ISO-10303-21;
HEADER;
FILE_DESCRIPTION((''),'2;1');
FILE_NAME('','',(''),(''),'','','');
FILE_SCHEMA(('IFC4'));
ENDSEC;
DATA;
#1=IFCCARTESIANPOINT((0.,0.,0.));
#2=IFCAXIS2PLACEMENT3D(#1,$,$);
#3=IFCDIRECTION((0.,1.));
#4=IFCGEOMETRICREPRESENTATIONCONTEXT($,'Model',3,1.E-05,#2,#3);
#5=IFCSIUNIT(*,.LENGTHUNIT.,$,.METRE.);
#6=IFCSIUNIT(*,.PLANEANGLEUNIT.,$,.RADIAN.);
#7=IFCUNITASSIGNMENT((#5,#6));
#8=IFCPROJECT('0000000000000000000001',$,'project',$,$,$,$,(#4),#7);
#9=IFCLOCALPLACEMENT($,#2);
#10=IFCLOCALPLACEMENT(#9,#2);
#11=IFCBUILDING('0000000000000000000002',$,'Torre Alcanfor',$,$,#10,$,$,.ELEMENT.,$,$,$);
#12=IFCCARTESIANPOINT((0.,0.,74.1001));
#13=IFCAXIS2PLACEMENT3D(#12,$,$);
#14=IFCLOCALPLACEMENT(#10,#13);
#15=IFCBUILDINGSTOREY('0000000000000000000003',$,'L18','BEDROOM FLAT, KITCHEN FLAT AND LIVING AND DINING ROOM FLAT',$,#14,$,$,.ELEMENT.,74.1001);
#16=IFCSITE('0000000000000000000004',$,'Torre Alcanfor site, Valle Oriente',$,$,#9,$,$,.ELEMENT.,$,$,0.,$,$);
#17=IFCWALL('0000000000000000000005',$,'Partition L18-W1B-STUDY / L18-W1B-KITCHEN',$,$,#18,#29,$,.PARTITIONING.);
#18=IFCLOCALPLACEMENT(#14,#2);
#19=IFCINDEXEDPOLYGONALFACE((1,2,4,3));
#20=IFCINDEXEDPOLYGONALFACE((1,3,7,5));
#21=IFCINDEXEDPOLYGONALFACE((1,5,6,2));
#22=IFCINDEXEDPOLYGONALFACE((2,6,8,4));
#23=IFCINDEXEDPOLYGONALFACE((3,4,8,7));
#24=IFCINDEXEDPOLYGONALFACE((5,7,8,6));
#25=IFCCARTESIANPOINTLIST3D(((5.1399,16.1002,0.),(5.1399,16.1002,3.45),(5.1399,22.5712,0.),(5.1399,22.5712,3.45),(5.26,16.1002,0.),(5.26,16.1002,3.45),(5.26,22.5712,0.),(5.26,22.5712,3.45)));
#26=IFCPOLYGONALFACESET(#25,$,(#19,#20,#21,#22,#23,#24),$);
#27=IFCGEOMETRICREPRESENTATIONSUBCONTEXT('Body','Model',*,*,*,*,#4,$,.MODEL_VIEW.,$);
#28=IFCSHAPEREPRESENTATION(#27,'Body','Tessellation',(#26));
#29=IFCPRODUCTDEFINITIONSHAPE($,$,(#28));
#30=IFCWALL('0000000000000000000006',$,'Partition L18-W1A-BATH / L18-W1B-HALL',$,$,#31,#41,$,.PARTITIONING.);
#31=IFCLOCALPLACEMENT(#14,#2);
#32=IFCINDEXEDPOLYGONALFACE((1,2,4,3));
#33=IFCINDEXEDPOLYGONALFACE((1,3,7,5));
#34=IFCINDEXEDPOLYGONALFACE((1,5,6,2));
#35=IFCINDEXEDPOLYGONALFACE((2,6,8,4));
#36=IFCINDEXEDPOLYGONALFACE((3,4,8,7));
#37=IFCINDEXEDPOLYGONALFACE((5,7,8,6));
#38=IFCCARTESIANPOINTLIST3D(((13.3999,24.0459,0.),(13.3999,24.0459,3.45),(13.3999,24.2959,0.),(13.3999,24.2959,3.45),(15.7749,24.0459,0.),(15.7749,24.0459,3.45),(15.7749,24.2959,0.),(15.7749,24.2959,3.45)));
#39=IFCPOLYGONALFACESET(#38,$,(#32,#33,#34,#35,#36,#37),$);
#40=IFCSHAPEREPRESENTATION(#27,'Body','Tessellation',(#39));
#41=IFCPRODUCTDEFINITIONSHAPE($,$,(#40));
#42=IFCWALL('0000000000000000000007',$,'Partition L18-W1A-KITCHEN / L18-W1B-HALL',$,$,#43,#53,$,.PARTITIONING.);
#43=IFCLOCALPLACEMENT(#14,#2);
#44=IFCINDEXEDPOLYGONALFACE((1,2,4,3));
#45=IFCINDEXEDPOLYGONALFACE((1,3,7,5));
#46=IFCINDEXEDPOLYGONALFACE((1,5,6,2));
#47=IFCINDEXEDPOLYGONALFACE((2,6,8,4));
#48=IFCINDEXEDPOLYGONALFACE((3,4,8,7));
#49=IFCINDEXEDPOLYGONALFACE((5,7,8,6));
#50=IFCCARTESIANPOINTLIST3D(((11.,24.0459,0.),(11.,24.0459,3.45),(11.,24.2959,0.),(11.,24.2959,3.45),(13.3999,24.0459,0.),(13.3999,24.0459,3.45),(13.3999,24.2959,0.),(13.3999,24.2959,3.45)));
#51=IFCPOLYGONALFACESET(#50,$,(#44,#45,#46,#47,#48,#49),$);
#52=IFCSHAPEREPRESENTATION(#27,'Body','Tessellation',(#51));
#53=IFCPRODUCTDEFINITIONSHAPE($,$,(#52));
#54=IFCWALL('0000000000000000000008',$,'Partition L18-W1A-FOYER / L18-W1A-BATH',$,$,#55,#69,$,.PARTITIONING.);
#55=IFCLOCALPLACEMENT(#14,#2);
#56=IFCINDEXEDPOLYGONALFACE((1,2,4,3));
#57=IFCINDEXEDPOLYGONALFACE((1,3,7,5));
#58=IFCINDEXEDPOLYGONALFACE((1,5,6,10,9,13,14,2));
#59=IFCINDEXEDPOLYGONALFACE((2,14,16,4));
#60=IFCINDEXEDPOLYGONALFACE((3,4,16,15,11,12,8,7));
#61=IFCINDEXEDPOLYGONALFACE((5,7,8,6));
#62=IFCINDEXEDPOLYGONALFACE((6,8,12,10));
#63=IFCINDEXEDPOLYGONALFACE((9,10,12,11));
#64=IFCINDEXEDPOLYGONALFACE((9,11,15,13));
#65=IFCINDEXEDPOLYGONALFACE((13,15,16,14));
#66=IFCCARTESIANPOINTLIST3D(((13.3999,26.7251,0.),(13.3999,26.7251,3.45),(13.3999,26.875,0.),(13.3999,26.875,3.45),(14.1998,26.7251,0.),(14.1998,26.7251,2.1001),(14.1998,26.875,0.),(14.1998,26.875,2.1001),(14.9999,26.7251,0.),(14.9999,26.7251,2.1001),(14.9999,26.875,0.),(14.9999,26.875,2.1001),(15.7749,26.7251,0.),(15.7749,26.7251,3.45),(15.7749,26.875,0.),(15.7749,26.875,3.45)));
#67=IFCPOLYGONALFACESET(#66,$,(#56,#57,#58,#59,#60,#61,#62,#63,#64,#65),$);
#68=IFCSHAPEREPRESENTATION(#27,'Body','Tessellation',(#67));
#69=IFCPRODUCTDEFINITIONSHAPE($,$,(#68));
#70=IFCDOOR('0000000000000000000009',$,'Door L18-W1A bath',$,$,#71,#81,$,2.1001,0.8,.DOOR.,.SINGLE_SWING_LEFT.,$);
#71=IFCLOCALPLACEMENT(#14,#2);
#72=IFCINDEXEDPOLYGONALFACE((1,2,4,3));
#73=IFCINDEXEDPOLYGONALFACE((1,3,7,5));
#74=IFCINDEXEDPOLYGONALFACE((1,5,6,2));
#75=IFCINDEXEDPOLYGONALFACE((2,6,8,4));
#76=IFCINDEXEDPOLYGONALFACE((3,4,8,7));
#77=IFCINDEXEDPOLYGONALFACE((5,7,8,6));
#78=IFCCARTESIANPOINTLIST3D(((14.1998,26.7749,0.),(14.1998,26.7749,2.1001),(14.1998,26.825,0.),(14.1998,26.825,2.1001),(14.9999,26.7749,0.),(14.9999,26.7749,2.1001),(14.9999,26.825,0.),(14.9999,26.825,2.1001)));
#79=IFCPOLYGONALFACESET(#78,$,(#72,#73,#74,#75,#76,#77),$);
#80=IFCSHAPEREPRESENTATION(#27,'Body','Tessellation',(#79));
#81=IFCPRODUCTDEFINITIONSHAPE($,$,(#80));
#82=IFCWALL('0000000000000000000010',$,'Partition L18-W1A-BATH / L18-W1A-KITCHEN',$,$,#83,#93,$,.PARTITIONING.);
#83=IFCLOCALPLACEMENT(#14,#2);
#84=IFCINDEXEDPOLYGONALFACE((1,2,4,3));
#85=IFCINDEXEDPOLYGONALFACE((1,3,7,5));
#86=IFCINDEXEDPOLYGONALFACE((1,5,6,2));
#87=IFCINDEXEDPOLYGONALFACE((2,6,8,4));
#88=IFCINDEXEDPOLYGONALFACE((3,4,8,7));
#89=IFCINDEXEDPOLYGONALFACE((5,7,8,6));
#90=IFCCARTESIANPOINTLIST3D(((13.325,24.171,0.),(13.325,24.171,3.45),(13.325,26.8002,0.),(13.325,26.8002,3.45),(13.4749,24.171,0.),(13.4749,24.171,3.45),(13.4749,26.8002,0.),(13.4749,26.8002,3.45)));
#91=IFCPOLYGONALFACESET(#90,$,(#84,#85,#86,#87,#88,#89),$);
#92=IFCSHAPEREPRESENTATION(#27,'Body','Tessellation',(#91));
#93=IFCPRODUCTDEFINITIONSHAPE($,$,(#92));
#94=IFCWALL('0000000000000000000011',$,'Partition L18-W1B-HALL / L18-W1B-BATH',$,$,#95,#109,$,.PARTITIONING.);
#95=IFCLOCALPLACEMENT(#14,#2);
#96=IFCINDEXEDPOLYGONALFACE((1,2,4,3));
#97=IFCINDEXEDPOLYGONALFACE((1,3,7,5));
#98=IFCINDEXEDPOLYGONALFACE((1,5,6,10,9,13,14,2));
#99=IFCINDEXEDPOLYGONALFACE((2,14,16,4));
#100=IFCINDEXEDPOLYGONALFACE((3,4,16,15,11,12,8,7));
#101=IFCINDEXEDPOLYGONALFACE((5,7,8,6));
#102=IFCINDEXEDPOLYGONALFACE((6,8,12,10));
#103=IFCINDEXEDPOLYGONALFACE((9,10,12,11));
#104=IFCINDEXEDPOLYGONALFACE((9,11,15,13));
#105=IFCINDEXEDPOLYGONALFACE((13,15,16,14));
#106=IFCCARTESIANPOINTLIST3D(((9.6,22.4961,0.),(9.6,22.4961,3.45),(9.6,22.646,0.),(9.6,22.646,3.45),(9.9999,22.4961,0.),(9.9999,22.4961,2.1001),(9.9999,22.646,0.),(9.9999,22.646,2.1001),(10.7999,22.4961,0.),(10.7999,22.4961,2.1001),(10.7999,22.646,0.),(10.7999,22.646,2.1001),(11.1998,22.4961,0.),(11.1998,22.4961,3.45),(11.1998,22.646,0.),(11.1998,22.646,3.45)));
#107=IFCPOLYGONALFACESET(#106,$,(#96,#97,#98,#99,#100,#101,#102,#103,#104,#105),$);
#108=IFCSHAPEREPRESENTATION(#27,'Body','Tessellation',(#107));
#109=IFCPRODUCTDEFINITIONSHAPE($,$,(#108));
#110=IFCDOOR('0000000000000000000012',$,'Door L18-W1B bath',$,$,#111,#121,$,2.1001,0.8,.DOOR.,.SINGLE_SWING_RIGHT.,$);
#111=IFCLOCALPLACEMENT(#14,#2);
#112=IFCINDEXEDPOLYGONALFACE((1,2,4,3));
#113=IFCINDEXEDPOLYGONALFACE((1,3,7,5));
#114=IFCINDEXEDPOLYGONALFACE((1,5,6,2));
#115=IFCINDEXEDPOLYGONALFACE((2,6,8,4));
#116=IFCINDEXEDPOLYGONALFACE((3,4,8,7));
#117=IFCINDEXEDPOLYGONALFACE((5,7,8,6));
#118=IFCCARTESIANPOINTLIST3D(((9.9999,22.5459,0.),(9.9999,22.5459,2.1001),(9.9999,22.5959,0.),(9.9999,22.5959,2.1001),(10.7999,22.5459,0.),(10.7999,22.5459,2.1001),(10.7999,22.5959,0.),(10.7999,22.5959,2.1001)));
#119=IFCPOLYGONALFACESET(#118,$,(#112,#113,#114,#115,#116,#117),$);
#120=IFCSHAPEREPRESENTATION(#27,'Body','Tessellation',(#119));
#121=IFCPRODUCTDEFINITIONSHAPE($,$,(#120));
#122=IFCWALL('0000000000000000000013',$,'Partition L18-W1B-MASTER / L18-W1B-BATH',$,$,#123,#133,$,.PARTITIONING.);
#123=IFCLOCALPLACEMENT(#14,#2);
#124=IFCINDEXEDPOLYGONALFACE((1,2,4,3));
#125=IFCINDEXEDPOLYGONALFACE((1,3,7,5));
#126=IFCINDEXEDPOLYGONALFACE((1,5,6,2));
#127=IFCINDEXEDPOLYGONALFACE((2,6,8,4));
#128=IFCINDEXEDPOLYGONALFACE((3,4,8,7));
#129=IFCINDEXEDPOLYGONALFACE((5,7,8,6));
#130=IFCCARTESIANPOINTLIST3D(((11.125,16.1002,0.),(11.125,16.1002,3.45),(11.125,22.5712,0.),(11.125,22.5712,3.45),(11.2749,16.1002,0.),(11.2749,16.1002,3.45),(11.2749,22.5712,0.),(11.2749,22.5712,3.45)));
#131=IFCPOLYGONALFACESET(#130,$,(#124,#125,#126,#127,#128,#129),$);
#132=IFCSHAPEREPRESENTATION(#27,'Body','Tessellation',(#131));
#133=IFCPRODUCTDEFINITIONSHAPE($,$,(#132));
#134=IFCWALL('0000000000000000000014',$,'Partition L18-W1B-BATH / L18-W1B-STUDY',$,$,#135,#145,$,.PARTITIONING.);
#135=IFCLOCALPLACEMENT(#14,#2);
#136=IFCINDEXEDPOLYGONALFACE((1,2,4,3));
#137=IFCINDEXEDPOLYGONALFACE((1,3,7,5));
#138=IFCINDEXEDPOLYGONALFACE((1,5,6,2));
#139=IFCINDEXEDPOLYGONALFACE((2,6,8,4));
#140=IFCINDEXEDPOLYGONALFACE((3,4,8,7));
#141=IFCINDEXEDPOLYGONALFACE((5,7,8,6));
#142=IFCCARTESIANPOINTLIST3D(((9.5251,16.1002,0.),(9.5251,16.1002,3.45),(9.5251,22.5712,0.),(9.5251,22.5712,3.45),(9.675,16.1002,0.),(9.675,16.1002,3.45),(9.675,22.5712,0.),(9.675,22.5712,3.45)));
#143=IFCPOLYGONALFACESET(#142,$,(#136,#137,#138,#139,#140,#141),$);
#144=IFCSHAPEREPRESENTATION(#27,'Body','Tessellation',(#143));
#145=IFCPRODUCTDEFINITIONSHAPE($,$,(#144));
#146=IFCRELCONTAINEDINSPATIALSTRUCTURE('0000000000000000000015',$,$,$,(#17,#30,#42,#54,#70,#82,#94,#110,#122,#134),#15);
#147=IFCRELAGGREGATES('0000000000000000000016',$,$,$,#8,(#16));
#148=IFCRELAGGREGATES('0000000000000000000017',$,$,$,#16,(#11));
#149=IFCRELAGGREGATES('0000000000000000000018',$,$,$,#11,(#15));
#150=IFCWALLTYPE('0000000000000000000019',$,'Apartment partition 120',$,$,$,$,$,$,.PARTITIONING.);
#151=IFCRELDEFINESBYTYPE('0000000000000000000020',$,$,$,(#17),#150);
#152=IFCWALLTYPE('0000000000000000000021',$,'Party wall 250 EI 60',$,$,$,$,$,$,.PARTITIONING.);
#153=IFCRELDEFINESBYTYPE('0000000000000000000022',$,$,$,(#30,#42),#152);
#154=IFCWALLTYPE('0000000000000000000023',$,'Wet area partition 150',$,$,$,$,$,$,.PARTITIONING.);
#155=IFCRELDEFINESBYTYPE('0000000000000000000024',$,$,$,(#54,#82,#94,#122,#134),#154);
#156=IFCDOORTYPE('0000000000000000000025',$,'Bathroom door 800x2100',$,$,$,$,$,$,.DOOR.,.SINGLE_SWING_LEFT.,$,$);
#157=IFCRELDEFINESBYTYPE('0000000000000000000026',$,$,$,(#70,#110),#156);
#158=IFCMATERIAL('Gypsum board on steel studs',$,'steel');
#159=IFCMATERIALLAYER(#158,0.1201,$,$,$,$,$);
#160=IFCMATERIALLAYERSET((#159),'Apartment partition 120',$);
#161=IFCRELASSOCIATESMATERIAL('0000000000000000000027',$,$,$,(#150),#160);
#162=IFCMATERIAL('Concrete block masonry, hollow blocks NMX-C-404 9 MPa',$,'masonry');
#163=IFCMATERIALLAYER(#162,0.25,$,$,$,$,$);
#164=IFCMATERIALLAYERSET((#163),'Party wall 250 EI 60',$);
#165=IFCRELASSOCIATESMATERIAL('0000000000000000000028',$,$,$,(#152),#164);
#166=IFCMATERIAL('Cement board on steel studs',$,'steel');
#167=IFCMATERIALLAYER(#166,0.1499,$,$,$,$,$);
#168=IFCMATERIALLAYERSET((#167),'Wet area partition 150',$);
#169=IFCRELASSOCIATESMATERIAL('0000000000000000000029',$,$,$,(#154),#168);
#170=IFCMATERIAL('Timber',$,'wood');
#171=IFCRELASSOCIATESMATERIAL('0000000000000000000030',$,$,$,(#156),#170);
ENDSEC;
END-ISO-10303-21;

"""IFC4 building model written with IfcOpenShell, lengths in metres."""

from ifc_helpers import new_model, si_unit, direction, frame, frame_2d, origin, place, context, subcontext, project, spatial, rectangle, extrude, material, layer, layer_set, type_object, element, fill, save


model = new_model("IFC4")

# Units and contexts
model_context = context("Model", 3, precision=1e-05, world=origin(), true_north=direction((0.0, 1.0)))
body_context = subcontext(model_context, "Body", "Model", "MODEL_VIEW")
ifc_project = project(units=[si_unit("LENGTHUNIT", "METRE"), si_unit("PLANEANGLEUNIT", "RADIAN")], contexts=[model_context])

# Site, building, storey
site_placement = place(None, origin())
site = spatial("IfcSite", under=ifc_project, at=site_placement, Name="Torre Alcanfor site, Valle Oriente", CompositionType="ELEMENT", RefElevation=0.0)
building_placement = place(site_placement, origin())
building = spatial("IfcBuilding", under=site, at=building_placement, Name="Torre Alcanfor", CompositionType="ELEMENT")
storey_placement = place(building_placement, frame((0.0, 0.0, 74.1001)))
storey = spatial("IfcBuildingStorey", under=building, at=storey_placement, Name="L18", Description="BEDROOM FLAT, KITCHEN FLAT AND LIVING AND DINING ROOM FLAT", CompositionType="ELEMENT", Elevation=74.1001)

# Shared definitions
ifc_material_1 = material(Name="Gypsum board on steel studs", Category="steel")
ifc_layer_1 = layer(ifc_material_1, 0.1201)
ifc_layer_set_1 = layer_set([ifc_layer_1], Name="Apartment partition 120")
wall_type_1 = type_object("IfcWallType", Name="Apartment partition 120", PredefinedType="PARTITIONING", material=ifc_layer_set_1)

# Walls
wall_1_placement = place(storey_placement, frame((5.2, 22.571, 0.0), z_axis=(0.0, 0.0, 1.0), x_axis=(0.0, -1.0, 0.0)))
element("IfcWall", 1, at=wall_1_placement, inside=storey, type_object=wall_type_1, Name="Partition L18-W1B-STUDY / L18-W1B-KITCHEN", PredefinedType="PARTITIONING", context=body_context, shape_type="SweptSolid", body=[
    extrude(rectangle(XDim=6.4709, YDim=0.1201, at=frame_2d((3.2354, 0.0))), origin(), (0.0, 0.0, 1.0), 3.45),
])
ifc_material_2 = material(Name="Concrete block masonry, hollow blocks NMX-C-404 9 MPa", Category="masonry")
ifc_layer_2 = layer(ifc_material_2, 0.25)
ifc_layer_set_2 = layer_set([ifc_layer_2], Name="Party wall 250 EI 60")
wall_type_2 = type_object("IfcWallType", Name="Party wall 250 EI 60", PredefinedType="PARTITIONING", material=ifc_layer_set_2)
wall_2_placement = place(storey_placement, frame((13.3999, 24.1709, 0.0), z_axis=(0.0, 0.0, 1.0), x_axis=(1.0, 0.0, 0.0)))
element("IfcWall", 2, at=wall_2_placement, inside=storey, type_object=wall_type_2, Name="Partition L18-W1A-BATH / L18-W1B-HALL", PredefinedType="PARTITIONING", context=body_context, shape_type="SweptSolid", body=[
    extrude(rectangle(XDim=2.375, YDim=0.25, at=frame_2d((1.1875, 0.0))), origin(), (0.0, 0.0, 1.0), 3.45),
])
wall_3_placement = place(storey_placement, frame((11.0, 24.1709, 0.0), z_axis=(0.0, 0.0, 1.0), x_axis=(1.0, 0.0, 0.0)))
element("IfcWall", 3, at=wall_3_placement, inside=storey, type_object=wall_type_2, Name="Partition L18-W1A-KITCHEN / L18-W1B-HALL", PredefinedType="PARTITIONING", context=body_context, shape_type="SweptSolid", body=[
    extrude(rectangle(XDim=2.3999, YDim=0.25, at=frame_2d((1.2, 0.0))), origin(), (0.0, 0.0, 1.0), 3.45),
])

# Wall, opening, door
ifc_material_3 = material(Name="Cement board on steel studs", Category="steel")
ifc_layer_3 = layer(ifc_material_3, 0.1499)
ifc_layer_set_3 = layer_set([ifc_layer_3], Name="Wet area partition 150")
wall_type_3 = type_object("IfcWallType", Name="Wet area partition 150", PredefinedType="PARTITIONING", material=ifc_layer_set_3)
wall_4_placement = place(storey_placement, frame((13.3999, 26.8, 0.0), z_axis=(0.0, 0.0, 1.0), x_axis=(1.0, 0.0, 0.0)))
wall_4 = element("IfcWall", 4, at=wall_4_placement, inside=storey, type_object=wall_type_3, Name="Partition L18-W1A-FOYER / L18-W1A-BATH", PredefinedType="PARTITIONING", context=body_context, shape_type="SweptSolid", body=[
    extrude(rectangle(XDim=2.375, YDim=0.1499, at=frame_2d((1.1875, 0.0))), origin(), (0.0, 0.0, 1.0), 3.45),
])
opening_1_placement = place(wall_4_placement, frame((0.8, 0.0, 0.0)))
opening_1 = element("IfcOpeningElement", 5, at=opening_1_placement, cuts=wall_4, PredefinedType="OPENING", context=body_context, shape_type="SweptSolid", body=[
    extrude(rectangle(XDim=0.8, YDim=2.1001, at=frame_2d((0.3999, 1.05))), frame((0.0, 0.085, 0.0), z_axis=(0.0, -1.0, 0.0), x_axis=(1.0, 0.0, 0.0)), (0.0, 0.0, 1.0), 0.1699),
])
ifc_material_4 = material(Name="Timber", Category="wood")
door_type_1 = type_object("IfcDoorType", Name="Bathroom door 800x2100", OperationType="SINGLE_SWING_LEFT", PredefinedType="DOOR", material=ifc_material_4)
door_1_placement = place(opening_1_placement, frame((0.8, 0.0, 0.0), z_axis=(0.0, 0.0, 1.0), x_axis=(-1.0, 0.0, 0.0)))
door_1 = element("IfcDoor", 6, at=door_1_placement, inside=storey, type_object=door_type_1, Name="Door L18-W1A bath", OperationType="SINGLE_SWING_LEFT", OverallHeight=2.1001, OverallWidth=0.8, PredefinedType="DOOR", context=body_context, shape_type="SweptSolid", body=[
    extrude(rectangle(XDim=0.8, YDim=2.1001, at=frame_2d((0.4001, 1.05))), frame((0.0, 0.0251, 0.0), z_axis=(0.0, -1.0, 0.0), x_axis=(1.0, 0.0, 0.0)), (0.0, 0.0, 1.0), 0.05),
])
fill(opening_1, door_1)

# Wall
wall_5_placement = place(storey_placement, frame((13.3999, 26.8, 0.0), z_axis=(0.0, 0.0, 1.0), x_axis=(0.0, -1.0, 0.0)))
element("IfcWall", 7, at=wall_5_placement, inside=storey, type_object=wall_type_3, Name="Partition L18-W1A-BATH / L18-W1A-KITCHEN", PredefinedType="PARTITIONING", context=body_context, shape_type="SweptSolid", body=[
    extrude(rectangle(XDim=2.6292, YDim=0.1499, at=frame_2d((1.3145, 0.0))), origin(), (0.0, 0.0, 1.0), 3.45),
])

# Wall, opening, door
wall_6_placement = place(storey_placement, frame((9.6001, 22.571, 0.0), z_axis=(0.0, 0.0, 1.0), x_axis=(1.0, 0.0, 0.0)))
wall_6 = element("IfcWall", 8, at=wall_6_placement, inside=storey, type_object=wall_type_3, Name="Partition L18-W1B-HALL / L18-W1B-BATH", PredefinedType="PARTITIONING", context=body_context, shape_type="SweptSolid", body=[
    extrude(rectangle(XDim=1.5999, YDim=0.1499, at=frame_2d((0.7998, 0.0))), origin(), (0.0, 0.0, 1.0), 3.45),
])
opening_2_placement = place(wall_6_placement, frame((0.3999, 0.0, 0.0)))
opening_2 = element("IfcOpeningElement", 9, at=opening_2_placement, cuts=wall_6, PredefinedType="OPENING", context=body_context, shape_type="SweptSolid", body=[
    extrude(rectangle(XDim=0.8, YDim=2.1001, at=frame_2d((0.3999, 1.05))), frame((0.0, 0.085, 0.0), z_axis=(0.0, -1.0, 0.0), x_axis=(1.0, 0.0, 0.0)), (0.0, 0.0, 1.0), 0.1699),
])
door_2_placement = place(opening_2_placement, frame((0.8, 0.0, 0.0), z_axis=(0.0, 0.0, 1.0), x_axis=(-1.0, 0.0, 0.0)))
door_2 = element("IfcDoor", 10, at=door_2_placement, inside=storey, type_object=door_type_1, Name="Door L18-W1B bath", OperationType="SINGLE_SWING_RIGHT", OverallHeight=2.1001, OverallWidth=0.8, PredefinedType="DOOR", context=body_context, shape_type="SweptSolid", body=[
    extrude(rectangle(XDim=0.8, YDim=2.1001, at=frame_2d((0.4001, 1.05))), frame((0.0, 0.0251, 0.0), z_axis=(0.0, -1.0, 0.0), x_axis=(1.0, 0.0, 0.0)), (0.0, 0.0, 1.0), 0.05),
])
fill(opening_2, door_2)

# Walls
for number, where, z_axis, x_axis, name in (
    (11, (11.2, 22.571, 0.0), (0.0, 0.0, 1.0), (0.0, -1.0, 0.0), "Partition L18-W1B-MASTER / L18-W1B-BATH"),
    (12, (9.6001, 22.571, 0.0), (0.0, 0.0, 1.0), (0.0, -1.0, 0.0), "Partition L18-W1B-BATH / L18-W1B-STUDY"),
):
    element("IfcWall", number, at=place(storey_placement, frame(where, z_axis=z_axis, x_axis=x_axis)), inside=storey, type_object=wall_type_3, Name=name, PredefinedType="PARTITIONING", context=body_context, shape_type="SweptSolid", body=[
        extrude(rectangle(XDim=6.4709, YDim=0.1499, at=frame_2d((3.2354, 0.0))), origin(), (0.0, 0.0, 1.0), 3.45),
    ])

save(model, "model.ifc")
